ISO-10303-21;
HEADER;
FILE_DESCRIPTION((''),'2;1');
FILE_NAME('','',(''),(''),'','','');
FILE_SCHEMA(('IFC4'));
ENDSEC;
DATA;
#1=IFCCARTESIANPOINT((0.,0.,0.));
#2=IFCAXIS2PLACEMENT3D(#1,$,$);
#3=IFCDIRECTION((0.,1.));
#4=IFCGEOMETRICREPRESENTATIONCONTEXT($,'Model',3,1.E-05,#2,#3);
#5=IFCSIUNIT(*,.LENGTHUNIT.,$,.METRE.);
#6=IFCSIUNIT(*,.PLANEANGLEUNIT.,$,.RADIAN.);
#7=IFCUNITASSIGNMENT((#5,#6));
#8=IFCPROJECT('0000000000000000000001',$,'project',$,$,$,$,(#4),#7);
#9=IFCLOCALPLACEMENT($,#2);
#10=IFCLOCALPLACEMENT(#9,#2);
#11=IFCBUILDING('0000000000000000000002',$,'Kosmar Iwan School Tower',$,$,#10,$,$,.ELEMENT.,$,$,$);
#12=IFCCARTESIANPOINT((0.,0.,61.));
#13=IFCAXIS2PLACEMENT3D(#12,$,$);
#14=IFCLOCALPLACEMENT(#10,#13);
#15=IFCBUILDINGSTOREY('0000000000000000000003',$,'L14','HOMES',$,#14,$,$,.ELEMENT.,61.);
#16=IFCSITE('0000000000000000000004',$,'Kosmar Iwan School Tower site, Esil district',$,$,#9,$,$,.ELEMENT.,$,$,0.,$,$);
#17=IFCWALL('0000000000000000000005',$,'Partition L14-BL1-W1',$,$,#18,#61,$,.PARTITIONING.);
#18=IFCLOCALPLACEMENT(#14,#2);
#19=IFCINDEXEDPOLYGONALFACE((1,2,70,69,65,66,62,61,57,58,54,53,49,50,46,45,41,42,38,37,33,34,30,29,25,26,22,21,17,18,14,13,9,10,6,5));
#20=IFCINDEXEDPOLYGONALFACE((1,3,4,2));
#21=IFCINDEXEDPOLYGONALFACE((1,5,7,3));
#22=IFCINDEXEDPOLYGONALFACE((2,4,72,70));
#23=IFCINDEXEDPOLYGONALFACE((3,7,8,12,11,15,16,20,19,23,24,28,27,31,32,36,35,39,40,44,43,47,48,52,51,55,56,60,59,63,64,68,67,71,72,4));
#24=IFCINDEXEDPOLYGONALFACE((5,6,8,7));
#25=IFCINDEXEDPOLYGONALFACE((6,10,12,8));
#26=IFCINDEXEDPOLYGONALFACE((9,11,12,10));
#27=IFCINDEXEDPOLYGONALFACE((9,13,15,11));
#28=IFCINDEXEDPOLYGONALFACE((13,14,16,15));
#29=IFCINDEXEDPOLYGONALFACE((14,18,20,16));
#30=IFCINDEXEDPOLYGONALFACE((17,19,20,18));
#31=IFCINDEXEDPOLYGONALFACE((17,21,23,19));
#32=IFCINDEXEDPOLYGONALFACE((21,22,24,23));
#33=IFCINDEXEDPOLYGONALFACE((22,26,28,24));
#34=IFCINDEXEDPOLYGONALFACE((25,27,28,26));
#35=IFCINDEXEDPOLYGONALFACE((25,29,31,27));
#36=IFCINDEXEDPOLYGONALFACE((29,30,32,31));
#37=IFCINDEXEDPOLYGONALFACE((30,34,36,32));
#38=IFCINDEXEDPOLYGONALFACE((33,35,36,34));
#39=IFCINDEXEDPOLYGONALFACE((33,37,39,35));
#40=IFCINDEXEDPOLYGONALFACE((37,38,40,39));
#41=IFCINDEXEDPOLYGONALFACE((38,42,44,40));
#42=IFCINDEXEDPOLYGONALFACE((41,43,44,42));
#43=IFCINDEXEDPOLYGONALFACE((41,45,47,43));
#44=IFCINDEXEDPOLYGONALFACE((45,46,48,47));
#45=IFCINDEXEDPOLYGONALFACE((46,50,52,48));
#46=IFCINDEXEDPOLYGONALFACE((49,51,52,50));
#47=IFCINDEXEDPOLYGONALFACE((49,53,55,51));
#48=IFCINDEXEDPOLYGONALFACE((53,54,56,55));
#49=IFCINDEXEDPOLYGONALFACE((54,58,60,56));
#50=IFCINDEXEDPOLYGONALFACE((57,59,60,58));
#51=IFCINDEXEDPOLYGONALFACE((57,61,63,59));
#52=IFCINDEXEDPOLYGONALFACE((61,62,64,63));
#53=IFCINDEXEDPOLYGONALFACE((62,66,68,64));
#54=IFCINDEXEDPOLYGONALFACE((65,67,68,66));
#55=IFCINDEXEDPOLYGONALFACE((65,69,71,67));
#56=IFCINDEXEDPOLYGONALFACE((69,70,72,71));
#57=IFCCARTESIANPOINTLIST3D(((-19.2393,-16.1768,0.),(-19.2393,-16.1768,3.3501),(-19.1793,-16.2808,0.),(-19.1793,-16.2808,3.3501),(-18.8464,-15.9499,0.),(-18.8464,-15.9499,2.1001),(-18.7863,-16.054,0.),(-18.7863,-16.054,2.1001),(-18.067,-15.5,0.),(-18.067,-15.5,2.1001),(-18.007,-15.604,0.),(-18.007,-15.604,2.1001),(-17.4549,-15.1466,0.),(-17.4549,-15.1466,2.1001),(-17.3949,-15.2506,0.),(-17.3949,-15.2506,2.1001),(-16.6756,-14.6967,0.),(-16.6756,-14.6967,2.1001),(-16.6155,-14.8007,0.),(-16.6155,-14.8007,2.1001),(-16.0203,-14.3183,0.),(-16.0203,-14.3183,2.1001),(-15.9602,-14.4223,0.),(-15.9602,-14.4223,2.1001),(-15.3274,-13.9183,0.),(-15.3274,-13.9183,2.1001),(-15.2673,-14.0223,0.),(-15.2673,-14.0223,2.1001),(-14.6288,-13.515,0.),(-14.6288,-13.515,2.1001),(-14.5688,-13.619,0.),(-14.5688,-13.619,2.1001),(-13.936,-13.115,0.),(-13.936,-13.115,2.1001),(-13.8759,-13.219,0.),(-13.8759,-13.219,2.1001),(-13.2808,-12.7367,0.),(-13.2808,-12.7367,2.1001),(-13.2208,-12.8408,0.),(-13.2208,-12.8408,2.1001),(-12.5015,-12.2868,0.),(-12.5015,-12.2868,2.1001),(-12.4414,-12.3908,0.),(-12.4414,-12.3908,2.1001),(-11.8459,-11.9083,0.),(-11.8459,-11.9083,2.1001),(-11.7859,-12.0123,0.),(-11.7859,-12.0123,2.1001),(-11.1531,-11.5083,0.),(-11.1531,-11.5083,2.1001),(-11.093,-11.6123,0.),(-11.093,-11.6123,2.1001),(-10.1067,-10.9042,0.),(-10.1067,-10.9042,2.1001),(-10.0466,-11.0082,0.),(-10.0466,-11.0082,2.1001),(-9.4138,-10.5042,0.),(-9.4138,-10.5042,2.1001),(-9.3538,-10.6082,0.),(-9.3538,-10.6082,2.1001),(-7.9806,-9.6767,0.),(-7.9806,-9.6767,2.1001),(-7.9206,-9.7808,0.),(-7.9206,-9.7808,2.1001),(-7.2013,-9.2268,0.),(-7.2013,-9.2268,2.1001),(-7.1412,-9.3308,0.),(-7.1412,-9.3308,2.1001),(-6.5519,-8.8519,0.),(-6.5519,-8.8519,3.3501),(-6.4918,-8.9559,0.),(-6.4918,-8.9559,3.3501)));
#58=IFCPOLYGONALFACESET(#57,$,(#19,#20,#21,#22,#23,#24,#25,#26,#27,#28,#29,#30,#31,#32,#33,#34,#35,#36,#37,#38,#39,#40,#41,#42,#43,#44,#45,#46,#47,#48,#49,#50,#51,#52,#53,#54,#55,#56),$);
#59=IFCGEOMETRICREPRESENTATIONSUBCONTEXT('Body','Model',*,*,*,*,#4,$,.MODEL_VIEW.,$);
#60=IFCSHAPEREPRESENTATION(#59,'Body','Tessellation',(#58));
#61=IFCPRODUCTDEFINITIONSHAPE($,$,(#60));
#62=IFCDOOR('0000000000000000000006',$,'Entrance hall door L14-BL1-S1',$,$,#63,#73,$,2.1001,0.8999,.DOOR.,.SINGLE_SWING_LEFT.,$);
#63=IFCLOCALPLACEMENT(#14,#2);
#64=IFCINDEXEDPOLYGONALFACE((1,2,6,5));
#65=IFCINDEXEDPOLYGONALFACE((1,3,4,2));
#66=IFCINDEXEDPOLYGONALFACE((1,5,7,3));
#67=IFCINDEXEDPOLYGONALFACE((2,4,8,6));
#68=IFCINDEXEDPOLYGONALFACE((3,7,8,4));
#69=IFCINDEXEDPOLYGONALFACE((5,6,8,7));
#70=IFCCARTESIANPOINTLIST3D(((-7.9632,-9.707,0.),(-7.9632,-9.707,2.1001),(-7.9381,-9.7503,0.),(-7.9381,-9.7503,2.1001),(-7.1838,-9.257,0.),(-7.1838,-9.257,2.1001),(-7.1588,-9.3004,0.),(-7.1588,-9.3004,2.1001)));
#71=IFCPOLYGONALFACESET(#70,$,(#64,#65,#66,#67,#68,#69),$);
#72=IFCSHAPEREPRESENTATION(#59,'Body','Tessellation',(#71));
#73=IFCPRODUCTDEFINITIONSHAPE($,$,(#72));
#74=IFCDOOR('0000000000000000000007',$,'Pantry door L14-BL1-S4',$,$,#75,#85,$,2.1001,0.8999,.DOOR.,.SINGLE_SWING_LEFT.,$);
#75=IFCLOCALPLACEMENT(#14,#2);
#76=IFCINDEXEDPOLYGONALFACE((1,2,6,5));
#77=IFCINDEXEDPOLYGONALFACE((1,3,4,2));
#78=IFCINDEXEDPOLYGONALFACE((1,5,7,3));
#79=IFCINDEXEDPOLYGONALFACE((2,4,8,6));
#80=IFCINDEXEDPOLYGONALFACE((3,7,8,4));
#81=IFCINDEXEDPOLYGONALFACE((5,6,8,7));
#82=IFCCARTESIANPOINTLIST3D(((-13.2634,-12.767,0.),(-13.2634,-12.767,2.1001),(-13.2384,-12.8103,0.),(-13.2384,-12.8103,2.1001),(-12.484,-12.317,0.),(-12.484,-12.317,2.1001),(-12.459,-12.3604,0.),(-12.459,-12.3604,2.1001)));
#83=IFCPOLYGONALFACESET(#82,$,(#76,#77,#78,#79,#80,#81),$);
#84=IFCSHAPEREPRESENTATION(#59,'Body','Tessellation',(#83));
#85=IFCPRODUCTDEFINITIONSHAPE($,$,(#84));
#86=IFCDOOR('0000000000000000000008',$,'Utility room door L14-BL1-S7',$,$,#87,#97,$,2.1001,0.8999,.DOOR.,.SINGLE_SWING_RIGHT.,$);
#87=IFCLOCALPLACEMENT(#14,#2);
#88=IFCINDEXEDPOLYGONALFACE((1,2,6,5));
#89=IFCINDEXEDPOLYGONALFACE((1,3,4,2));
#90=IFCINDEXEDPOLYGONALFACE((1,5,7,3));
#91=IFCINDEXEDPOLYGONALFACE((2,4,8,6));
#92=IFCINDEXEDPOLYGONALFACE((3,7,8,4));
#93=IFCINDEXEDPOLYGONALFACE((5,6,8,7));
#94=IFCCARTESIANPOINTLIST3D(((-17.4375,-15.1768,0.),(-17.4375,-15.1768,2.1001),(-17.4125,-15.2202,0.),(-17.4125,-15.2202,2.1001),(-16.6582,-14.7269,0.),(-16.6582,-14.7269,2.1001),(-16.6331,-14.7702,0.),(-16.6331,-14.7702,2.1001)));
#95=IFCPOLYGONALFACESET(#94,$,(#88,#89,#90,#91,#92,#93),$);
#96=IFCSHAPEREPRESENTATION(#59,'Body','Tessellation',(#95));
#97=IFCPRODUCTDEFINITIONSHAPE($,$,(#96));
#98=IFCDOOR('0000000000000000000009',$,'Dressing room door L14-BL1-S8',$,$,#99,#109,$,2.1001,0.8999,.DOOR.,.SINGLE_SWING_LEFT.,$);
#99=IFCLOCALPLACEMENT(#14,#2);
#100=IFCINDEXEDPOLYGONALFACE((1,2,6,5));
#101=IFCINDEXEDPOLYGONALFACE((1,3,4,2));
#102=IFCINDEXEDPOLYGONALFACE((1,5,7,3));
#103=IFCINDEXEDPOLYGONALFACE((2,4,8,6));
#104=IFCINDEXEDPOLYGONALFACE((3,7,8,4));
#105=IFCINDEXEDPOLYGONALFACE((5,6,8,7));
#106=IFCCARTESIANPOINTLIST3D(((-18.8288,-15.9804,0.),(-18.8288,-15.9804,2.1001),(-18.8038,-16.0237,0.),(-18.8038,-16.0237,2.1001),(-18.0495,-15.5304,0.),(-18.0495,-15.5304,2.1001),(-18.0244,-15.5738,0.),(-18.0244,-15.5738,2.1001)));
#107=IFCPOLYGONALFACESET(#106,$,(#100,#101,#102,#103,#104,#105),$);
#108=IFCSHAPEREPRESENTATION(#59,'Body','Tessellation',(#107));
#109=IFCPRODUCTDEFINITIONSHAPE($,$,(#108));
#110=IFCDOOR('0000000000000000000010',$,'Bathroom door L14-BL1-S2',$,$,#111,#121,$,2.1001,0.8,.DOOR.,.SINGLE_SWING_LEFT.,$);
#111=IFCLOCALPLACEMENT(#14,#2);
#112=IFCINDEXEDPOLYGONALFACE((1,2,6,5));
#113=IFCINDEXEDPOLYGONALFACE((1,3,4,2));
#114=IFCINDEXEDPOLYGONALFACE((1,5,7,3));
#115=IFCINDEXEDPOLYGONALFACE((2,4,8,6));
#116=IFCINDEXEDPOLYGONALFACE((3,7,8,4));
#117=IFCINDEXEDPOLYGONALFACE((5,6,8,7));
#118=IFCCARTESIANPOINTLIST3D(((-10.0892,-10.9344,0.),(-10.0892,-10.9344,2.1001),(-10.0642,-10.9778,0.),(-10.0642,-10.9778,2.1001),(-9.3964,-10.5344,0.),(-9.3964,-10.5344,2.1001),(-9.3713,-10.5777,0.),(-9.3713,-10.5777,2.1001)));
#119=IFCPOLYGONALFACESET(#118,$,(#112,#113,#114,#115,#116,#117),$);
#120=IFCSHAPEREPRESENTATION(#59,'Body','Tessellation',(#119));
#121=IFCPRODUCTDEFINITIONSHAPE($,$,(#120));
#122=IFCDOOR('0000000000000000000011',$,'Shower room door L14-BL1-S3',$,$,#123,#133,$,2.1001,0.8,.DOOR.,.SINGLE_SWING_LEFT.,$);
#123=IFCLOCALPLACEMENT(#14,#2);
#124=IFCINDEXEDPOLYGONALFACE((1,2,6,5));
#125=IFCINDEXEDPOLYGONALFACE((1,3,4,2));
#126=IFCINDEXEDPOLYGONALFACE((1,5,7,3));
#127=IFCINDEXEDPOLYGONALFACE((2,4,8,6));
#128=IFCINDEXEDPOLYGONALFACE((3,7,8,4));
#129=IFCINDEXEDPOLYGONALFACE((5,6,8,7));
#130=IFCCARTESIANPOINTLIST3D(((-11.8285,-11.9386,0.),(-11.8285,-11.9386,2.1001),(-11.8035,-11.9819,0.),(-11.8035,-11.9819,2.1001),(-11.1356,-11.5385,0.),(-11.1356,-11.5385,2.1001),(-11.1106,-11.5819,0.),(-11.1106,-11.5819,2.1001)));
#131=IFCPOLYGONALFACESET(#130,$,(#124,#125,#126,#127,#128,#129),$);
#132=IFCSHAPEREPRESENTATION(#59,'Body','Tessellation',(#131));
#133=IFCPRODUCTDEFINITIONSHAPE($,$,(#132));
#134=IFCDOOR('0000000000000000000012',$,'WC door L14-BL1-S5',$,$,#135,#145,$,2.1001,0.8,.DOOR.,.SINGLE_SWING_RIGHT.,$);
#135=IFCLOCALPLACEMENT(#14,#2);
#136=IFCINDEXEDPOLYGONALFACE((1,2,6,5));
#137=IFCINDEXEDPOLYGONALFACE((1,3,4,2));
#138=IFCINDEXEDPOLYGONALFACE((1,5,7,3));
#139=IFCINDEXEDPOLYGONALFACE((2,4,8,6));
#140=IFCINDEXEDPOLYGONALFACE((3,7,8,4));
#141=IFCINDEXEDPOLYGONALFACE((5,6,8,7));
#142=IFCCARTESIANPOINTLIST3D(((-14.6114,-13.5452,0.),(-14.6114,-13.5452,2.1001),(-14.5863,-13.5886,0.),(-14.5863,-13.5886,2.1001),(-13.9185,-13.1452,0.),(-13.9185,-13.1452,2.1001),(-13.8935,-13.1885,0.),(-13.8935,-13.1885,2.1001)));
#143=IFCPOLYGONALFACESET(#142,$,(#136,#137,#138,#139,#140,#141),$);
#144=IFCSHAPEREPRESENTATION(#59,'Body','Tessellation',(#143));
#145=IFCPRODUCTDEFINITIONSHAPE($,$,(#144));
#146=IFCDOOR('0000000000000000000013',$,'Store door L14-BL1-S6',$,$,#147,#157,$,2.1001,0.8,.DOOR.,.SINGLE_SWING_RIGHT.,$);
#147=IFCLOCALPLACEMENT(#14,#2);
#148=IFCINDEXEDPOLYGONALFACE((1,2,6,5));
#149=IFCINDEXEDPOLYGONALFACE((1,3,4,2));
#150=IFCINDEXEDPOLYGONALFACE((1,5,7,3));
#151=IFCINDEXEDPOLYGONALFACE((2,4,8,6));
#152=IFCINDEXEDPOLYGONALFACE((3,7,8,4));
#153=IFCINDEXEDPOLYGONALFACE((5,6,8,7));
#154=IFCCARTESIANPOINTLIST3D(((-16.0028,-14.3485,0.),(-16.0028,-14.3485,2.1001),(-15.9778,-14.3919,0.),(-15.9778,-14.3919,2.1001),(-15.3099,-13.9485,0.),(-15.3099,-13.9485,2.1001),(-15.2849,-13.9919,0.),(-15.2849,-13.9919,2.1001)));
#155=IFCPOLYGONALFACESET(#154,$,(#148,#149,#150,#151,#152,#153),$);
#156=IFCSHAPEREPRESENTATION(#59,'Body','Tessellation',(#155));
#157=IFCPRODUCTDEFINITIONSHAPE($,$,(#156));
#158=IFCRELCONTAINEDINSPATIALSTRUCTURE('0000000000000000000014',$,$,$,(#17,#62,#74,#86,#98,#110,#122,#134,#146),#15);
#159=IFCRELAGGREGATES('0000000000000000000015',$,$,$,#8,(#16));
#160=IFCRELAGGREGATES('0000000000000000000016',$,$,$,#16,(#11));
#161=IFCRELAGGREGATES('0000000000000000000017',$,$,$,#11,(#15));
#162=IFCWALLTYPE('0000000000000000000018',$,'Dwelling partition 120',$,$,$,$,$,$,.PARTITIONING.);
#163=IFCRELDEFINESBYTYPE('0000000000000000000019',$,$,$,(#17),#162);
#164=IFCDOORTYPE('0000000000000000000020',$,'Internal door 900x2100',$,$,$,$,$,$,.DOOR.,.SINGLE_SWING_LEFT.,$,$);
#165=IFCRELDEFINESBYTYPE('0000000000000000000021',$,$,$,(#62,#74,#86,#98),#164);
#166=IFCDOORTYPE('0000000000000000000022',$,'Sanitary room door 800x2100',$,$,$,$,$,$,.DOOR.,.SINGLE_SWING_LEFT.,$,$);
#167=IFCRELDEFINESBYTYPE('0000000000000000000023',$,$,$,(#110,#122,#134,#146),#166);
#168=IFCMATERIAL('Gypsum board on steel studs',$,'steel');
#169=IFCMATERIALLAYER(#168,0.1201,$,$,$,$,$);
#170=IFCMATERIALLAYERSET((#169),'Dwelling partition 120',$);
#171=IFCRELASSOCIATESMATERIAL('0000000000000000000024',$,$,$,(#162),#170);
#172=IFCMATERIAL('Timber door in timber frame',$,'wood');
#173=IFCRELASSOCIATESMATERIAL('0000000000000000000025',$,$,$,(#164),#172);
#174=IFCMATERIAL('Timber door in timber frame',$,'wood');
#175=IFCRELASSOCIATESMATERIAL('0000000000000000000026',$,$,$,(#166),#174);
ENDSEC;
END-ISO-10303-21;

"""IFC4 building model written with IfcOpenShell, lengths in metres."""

from ifc_helpers import new_model, si_unit, direction, frame, frame_2d, origin, place, context, subcontext, project, spatial, rectangle, extrude, material, layer, layer_set, type_object, element, fill, save


model = new_model("IFC4")

# Units and contexts
model_context = context("Model", 3, precision=1e-05, world=origin(), true_north=direction((0.0, 1.0)))
body_context = subcontext(model_context, "Body", "Model", "MODEL_VIEW")
ifc_project = project(units=[si_unit("LENGTHUNIT", "METRE"), si_unit("PLANEANGLEUNIT", "RADIAN")], contexts=[model_context])

# Site, building, storey
site_placement = place(None, origin())
site = spatial("IfcSite", under=ifc_project, at=site_placement, Name="Kosmar Iwan School Tower site, Esil district", CompositionType="ELEMENT", RefElevation=0.0)
building_placement = place(site_placement, origin())
building = spatial("IfcBuilding", under=site, at=building_placement, Name="Kosmar Iwan School Tower", CompositionType="ELEMENT")
storey_placement = place(building_placement, frame((0.0, 0.0, 61.0)))
storey = spatial("IfcBuildingStorey", under=building, at=storey_placement, Name="L14", Description="HOMES", CompositionType="ELEMENT", Elevation=61.0)

# Wall, openings, doors
ifc_material_1 = material(Name="Gypsum board on steel studs", Category="steel")
ifc_layer_1 = layer(ifc_material_1, 0.1201)
ifc_layer_set_1 = layer_set([ifc_layer_1], Name="Dwelling partition 120")
wall_type_1 = type_object("IfcWallType", Name="Dwelling partition 120", PredefinedType="PARTITIONING", material=ifc_layer_set_1)
wall_1_placement = place(storey_placement, frame((-6.5217, -8.9038, 0.0), z_axis=(0.0, 0.0, 1.0), x_axis=(-0.866031, -0.499991, 0.0)))
wall_1 = element("IfcWall", 1, at=wall_1_placement, inside=storey, type_object=wall_type_1, Name="Partition L14-BL1-W1", PredefinedType="PARTITIONING", context=body_context, shape_type="SweptSolid", body=[
    extrude(rectangle(XDim=14.6501, YDim=0.1201, at=frame_2d((7.3252, 0.0))), origin(), (0.0, 0.0, 1.0), 3.3501),
])
opening_1_placement = place(wall_1_placement, frame((0.75, 0.0, 0.0)))
opening_1 = element("IfcOpeningElement", 2, at=opening_1_placement, cuts=wall_1, PredefinedType="OPENING", context=body_context, shape_type="SweptSolid", body=[
    extrude(rectangle(XDim=0.8999, YDim=2.1001, at=frame_2d((0.45, 1.05))), frame((0.0, 0.072, 0.0), z_axis=(0.0, -1.0, 0.0), x_axis=(1.0, 0.0, 0.0)), (0.0, 0.0, 1.0), 0.144),
])
opening_2_placement = place(wall_1_placement, frame((3.3049, 0.0, 0.0)))
opening_2 = element("IfcOpeningElement", 3, at=opening_2_placement, cuts=wall_1, PredefinedType="OPENING", context=body_context, shape_type="SweptSolid", body=[
    extrude(rectangle(XDim=0.8, YDim=2.1001, at=frame_2d((0.3999, 1.05))), frame((0.0, 0.072, 0.0), z_axis=(0.0, -1.0, 0.0), x_axis=(1.0, 0.0, 0.0)), (0.0, 0.0, 1.0), 0.144),
])
opening_3_placement = place(wall_1_placement, frame((5.3132, 0.0, 0.0)))
opening_3 = element("IfcOpeningElement", 4, at=opening_3_placement, cuts=wall_1, PredefinedType="OPENING", context=body_context, shape_type="SweptSolid", body=[
    extrude(rectangle(XDim=0.8, YDim=2.1001, at=frame_2d((0.3999, 1.05))), frame((0.0, 0.072, 0.0), z_axis=(0.0, -1.0, 0.0), x_axis=(1.0, 0.0, 0.0)), (0.0, 0.0, 1.0), 0.144),
])
opening_4_placement = place(wall_1_placement, frame((6.8701, 0.0, 0.0)))
opening_4 = element("IfcOpeningElement", 5, at=opening_4_placement, cuts=wall_1, PredefinedType="OPENING", context=body_context, shape_type="SweptSolid", body=[
    extrude(rectangle(XDim=0.8999, YDim=2.1001, at=frame_2d((0.45, 1.05))), frame((0.0, 0.072, 0.0), z_axis=(0.0, -1.0, 0.0), x_axis=(1.0, 0.0, 0.0)), (0.0, 0.0, 1.0), 0.144),
])
opening_5_placement = place(wall_1_placement, frame((8.5266, 0.0, 0.0)))
opening_5 = element("IfcOpeningElement", 6, at=opening_5_placement, cuts=wall_1, PredefinedType="OPENING", context=body_context, shape_type="SweptSolid", body=[
    extrude(rectangle(XDim=0.8, YDim=2.1001, at=frame_2d((0.3999, 1.05))), frame((0.0, 0.072, 0.0), z_axis=(0.0, -1.0, 0.0), x_axis=(1.0, 0.0, 0.0)), (0.0, 0.0, 1.0), 0.144),
])
opening_6_placement = place(wall_1_placement, frame((10.1333, 0.0, 0.0)))
opening_6 = element("IfcOpeningElement", 7, at=opening_6_placement, cuts=wall_1, PredefinedType="OPENING", context=body_context, shape_type="SweptSolid", body=[
    extrude(rectangle(XDim=0.8, YDim=2.1001, at=frame_2d((0.3999, 1.05))), frame((0.0, 0.072, 0.0), z_axis=(0.0, -1.0, 0.0), x_axis=(1.0, 0.0, 0.0)), (0.0, 0.0, 1.0), 0.144),
])
opening_7_placement = place(wall_1_placement, frame((11.6899, 0.0, 0.0)))
opening_7 = element("IfcOpeningElement", 8, at=opening_7_placement, cuts=wall_1, PredefinedType="OPENING", context=body_context, shape_type="SweptSolid", body=[
    extrude(rectangle(XDim=0.8999, YDim=2.1001, at=frame_2d((0.45, 1.05))), frame((0.0, 0.072, 0.0), z_axis=(0.0, -1.0, 0.0), x_axis=(1.0, 0.0, 0.0)), (0.0, 0.0, 1.0), 0.144),
])
opening_8_placement = place(wall_1_placement, frame((13.2966, 0.0, 0.0)))
opening_8 = element("IfcOpeningElement", 9, at=opening_8_placement, cuts=wall_1, PredefinedType="OPENING", context=body_context, shape_type="SweptSolid", body=[
    extrude(rectangle(XDim=0.8999, YDim=2.1001, at=frame_2d((0.45, 1.05))), frame((0.0, 0.072, 0.0), z_axis=(0.0, -1.0, 0.0), x_axis=(1.0, 0.0, 0.0)), (0.0, 0.0, 1.0), 0.144),
])
ifc_material_2 = material(Name="Timber door in timber frame", Category="wood")
door_type_1 = type_object("IfcDoorType", Name="Internal door 900x2100", OperationType="SINGLE_SWING_LEFT", PredefinedType="DOOR", material=ifc_material_2)
door_1_placement = place(opening_1_placement, origin())
door_1 = element("IfcDoor", 10, at=door_1_placement, inside=storey, type_object=door_type_1, Name="Entrance hall door L14-BL1-S1", OperationType="SINGLE_SWING_LEFT", OverallHeight=2.1001, OverallWidth=0.8999, PredefinedType="DOOR", context=body_context, shape_type="SweptSolid", body=[
    extrude(rectangle(XDim=0.8999, YDim=2.1001, at=frame_2d((0.45, 1.05))), frame((0.0, 0.0249, 0.0), z_axis=(0.0, -1.0, 0.0), x_axis=(1.0, 0.0, 0.0)), (0.0, 0.0, 1.0), 0.05),
])
fill(opening_1, door_1)
door_2_placement = place(opening_4_placement, origin())
door_2 = element("IfcDoor", 11, at=door_2_placement, inside=storey, type_object=door_type_1, Name="Pantry door L14-BL1-S4", OperationType="SINGLE_SWING_LEFT", OverallHeight=2.1001, OverallWidth=0.8999, PredefinedType="DOOR", context=body_context, shape_type="SweptSolid", body=[
    extrude(rectangle(XDim=0.8999, YDim=2.1001, at=frame_2d((0.45, 1.05))), frame((0.0, 0.0249, 0.0), z_axis=(0.0, -1.0, 0.0), x_axis=(1.0, 0.0, 0.0)), (0.0, 0.0, 1.0), 0.05),
])
fill(opening_4, door_2)
door_3_placement = place(opening_7_placement, origin())
door_3 = element("IfcDoor", 12, at=door_3_placement, inside=storey, type_object=door_type_1, Name="Utility room door L14-BL1-S7", OperationType="SINGLE_SWING_RIGHT", OverallHeight=2.1001, OverallWidth=0.8999, PredefinedType="DOOR", context=body_context, shape_type="SweptSolid", body=[
    extrude(rectangle(XDim=0.8999, YDim=2.1001, at=frame_2d((0.45, 1.05))), frame((0.0, 0.0249, 0.0), z_axis=(0.0, -1.0, 0.0), x_axis=(1.0, 0.0, 0.0)), (0.0, 0.0, 1.0), 0.05),
])
fill(opening_7, door_3)
door_4_placement = place(opening_8_placement, frame((0.8999, 0.0, 0.0), z_axis=(0.0, 0.0, 1.0), x_axis=(-1.0, 0.0, 0.0)))
door_4 = element("IfcDoor", 13, at=door_4_placement, inside=storey, type_object=door_type_1, Name="Dressing room door L14-BL1-S8", OperationType="SINGLE_SWING_LEFT", OverallHeight=2.1001, OverallWidth=0.8999, PredefinedType="DOOR", context=body_context, shape_type="SweptSolid", body=[
    extrude(rectangle(XDim=0.8999, YDim=2.1001, at=frame_2d((0.45, 1.05))), frame((0.0, 0.0249, 0.0), z_axis=(0.0, -1.0, 0.0), x_axis=(1.0, 0.0, 0.0)), (0.0, 0.0, 1.0), 0.05),
])
fill(opening_8, door_4)
ifc_material_3 = material(Name="Timber door in timber frame", Category="wood")
door_type_2 = type_object("IfcDoorType", Name="Sanitary room door 800x2100", OperationType="SINGLE_SWING_LEFT", PredefinedType="DOOR", material=ifc_material_3)
door_5_placement = place(opening_2_placement, origin())
door_5 = element("IfcDoor", 14, at=door_5_placement, inside=storey, type_object=door_type_2, Name="Bathroom door L14-BL1-S2", OperationType="SINGLE_SWING_LEFT", OverallHeight=2.1001, OverallWidth=0.8, PredefinedType="DOOR", context=body_context, shape_type="SweptSolid", body=[
    extrude(rectangle(XDim=0.8, YDim=2.1001, at=frame_2d((0.3999, 1.05))), frame((0.0, 0.0249, 0.0), z_axis=(0.0, -1.0, 0.0), x_axis=(1.0, 0.0, 0.0)), (0.0, 0.0, 1.0), 0.05),
])
fill(opening_2, door_5)
door_6_placement = place(opening_3_placement, origin())
door_6 = element("IfcDoor", 15, at=door_6_placement, inside=storey, type_object=door_type_2, Name="Shower room door L14-BL1-S3", OperationType="SINGLE_SWING_LEFT", OverallHeight=2.1001, OverallWidth=0.8, PredefinedType="DOOR", context=body_context, shape_type="SweptSolid", body=[
    extrude(rectangle(XDim=0.8, YDim=2.1001, at=frame_2d((0.3999, 1.05))), frame((0.0, 0.0249, 0.0), z_axis=(0.0, -1.0, 0.0), x_axis=(1.0, 0.0, 0.0)), (0.0, 0.0, 1.0), 0.05),
])
fill(opening_3, door_6)
door_7_placement = place(opening_5_placement, origin())
door_7 = element("IfcDoor", 16, at=door_7_placement, inside=storey, type_object=door_type_2, Name="WC door L14-BL1-S5", OperationType="SINGLE_SWING_RIGHT", OverallHeight=2.1001, OverallWidth=0.8, PredefinedType="DOOR", context=body_context, shape_type="SweptSolid", body=[
    extrude(rectangle(XDim=0.8, YDim=2.1001, at=frame_2d((0.3999, 1.05))), frame((0.0, 0.0249, 0.0), z_axis=(0.0, -1.0, 0.0), x_axis=(1.0, 0.0, 0.0)), (0.0, 0.0, 1.0), 0.05),
])
fill(opening_5, door_7)
door_8_placement = place(opening_6_placement, origin())
door_8 = element("IfcDoor", 17, at=door_8_placement, inside=storey, type_object=door_type_2, Name="Store door L14-BL1-S6", OperationType="SINGLE_SWING_RIGHT", OverallHeight=2.1001, OverallWidth=0.8, PredefinedType="DOOR", context=body_context, shape_type="SweptSolid", body=[
    extrude(rectangle(XDim=0.8, YDim=2.1001, at=frame_2d((0.3999, 1.05))), frame((0.0, 0.0249, 0.0), z_axis=(0.0, -1.0, 0.0), x_axis=(1.0, 0.0, 0.0)), (0.0, 0.0, 1.0), 0.05),
])
fill(opening_6, door_8)

save(model, "model.ifc")
